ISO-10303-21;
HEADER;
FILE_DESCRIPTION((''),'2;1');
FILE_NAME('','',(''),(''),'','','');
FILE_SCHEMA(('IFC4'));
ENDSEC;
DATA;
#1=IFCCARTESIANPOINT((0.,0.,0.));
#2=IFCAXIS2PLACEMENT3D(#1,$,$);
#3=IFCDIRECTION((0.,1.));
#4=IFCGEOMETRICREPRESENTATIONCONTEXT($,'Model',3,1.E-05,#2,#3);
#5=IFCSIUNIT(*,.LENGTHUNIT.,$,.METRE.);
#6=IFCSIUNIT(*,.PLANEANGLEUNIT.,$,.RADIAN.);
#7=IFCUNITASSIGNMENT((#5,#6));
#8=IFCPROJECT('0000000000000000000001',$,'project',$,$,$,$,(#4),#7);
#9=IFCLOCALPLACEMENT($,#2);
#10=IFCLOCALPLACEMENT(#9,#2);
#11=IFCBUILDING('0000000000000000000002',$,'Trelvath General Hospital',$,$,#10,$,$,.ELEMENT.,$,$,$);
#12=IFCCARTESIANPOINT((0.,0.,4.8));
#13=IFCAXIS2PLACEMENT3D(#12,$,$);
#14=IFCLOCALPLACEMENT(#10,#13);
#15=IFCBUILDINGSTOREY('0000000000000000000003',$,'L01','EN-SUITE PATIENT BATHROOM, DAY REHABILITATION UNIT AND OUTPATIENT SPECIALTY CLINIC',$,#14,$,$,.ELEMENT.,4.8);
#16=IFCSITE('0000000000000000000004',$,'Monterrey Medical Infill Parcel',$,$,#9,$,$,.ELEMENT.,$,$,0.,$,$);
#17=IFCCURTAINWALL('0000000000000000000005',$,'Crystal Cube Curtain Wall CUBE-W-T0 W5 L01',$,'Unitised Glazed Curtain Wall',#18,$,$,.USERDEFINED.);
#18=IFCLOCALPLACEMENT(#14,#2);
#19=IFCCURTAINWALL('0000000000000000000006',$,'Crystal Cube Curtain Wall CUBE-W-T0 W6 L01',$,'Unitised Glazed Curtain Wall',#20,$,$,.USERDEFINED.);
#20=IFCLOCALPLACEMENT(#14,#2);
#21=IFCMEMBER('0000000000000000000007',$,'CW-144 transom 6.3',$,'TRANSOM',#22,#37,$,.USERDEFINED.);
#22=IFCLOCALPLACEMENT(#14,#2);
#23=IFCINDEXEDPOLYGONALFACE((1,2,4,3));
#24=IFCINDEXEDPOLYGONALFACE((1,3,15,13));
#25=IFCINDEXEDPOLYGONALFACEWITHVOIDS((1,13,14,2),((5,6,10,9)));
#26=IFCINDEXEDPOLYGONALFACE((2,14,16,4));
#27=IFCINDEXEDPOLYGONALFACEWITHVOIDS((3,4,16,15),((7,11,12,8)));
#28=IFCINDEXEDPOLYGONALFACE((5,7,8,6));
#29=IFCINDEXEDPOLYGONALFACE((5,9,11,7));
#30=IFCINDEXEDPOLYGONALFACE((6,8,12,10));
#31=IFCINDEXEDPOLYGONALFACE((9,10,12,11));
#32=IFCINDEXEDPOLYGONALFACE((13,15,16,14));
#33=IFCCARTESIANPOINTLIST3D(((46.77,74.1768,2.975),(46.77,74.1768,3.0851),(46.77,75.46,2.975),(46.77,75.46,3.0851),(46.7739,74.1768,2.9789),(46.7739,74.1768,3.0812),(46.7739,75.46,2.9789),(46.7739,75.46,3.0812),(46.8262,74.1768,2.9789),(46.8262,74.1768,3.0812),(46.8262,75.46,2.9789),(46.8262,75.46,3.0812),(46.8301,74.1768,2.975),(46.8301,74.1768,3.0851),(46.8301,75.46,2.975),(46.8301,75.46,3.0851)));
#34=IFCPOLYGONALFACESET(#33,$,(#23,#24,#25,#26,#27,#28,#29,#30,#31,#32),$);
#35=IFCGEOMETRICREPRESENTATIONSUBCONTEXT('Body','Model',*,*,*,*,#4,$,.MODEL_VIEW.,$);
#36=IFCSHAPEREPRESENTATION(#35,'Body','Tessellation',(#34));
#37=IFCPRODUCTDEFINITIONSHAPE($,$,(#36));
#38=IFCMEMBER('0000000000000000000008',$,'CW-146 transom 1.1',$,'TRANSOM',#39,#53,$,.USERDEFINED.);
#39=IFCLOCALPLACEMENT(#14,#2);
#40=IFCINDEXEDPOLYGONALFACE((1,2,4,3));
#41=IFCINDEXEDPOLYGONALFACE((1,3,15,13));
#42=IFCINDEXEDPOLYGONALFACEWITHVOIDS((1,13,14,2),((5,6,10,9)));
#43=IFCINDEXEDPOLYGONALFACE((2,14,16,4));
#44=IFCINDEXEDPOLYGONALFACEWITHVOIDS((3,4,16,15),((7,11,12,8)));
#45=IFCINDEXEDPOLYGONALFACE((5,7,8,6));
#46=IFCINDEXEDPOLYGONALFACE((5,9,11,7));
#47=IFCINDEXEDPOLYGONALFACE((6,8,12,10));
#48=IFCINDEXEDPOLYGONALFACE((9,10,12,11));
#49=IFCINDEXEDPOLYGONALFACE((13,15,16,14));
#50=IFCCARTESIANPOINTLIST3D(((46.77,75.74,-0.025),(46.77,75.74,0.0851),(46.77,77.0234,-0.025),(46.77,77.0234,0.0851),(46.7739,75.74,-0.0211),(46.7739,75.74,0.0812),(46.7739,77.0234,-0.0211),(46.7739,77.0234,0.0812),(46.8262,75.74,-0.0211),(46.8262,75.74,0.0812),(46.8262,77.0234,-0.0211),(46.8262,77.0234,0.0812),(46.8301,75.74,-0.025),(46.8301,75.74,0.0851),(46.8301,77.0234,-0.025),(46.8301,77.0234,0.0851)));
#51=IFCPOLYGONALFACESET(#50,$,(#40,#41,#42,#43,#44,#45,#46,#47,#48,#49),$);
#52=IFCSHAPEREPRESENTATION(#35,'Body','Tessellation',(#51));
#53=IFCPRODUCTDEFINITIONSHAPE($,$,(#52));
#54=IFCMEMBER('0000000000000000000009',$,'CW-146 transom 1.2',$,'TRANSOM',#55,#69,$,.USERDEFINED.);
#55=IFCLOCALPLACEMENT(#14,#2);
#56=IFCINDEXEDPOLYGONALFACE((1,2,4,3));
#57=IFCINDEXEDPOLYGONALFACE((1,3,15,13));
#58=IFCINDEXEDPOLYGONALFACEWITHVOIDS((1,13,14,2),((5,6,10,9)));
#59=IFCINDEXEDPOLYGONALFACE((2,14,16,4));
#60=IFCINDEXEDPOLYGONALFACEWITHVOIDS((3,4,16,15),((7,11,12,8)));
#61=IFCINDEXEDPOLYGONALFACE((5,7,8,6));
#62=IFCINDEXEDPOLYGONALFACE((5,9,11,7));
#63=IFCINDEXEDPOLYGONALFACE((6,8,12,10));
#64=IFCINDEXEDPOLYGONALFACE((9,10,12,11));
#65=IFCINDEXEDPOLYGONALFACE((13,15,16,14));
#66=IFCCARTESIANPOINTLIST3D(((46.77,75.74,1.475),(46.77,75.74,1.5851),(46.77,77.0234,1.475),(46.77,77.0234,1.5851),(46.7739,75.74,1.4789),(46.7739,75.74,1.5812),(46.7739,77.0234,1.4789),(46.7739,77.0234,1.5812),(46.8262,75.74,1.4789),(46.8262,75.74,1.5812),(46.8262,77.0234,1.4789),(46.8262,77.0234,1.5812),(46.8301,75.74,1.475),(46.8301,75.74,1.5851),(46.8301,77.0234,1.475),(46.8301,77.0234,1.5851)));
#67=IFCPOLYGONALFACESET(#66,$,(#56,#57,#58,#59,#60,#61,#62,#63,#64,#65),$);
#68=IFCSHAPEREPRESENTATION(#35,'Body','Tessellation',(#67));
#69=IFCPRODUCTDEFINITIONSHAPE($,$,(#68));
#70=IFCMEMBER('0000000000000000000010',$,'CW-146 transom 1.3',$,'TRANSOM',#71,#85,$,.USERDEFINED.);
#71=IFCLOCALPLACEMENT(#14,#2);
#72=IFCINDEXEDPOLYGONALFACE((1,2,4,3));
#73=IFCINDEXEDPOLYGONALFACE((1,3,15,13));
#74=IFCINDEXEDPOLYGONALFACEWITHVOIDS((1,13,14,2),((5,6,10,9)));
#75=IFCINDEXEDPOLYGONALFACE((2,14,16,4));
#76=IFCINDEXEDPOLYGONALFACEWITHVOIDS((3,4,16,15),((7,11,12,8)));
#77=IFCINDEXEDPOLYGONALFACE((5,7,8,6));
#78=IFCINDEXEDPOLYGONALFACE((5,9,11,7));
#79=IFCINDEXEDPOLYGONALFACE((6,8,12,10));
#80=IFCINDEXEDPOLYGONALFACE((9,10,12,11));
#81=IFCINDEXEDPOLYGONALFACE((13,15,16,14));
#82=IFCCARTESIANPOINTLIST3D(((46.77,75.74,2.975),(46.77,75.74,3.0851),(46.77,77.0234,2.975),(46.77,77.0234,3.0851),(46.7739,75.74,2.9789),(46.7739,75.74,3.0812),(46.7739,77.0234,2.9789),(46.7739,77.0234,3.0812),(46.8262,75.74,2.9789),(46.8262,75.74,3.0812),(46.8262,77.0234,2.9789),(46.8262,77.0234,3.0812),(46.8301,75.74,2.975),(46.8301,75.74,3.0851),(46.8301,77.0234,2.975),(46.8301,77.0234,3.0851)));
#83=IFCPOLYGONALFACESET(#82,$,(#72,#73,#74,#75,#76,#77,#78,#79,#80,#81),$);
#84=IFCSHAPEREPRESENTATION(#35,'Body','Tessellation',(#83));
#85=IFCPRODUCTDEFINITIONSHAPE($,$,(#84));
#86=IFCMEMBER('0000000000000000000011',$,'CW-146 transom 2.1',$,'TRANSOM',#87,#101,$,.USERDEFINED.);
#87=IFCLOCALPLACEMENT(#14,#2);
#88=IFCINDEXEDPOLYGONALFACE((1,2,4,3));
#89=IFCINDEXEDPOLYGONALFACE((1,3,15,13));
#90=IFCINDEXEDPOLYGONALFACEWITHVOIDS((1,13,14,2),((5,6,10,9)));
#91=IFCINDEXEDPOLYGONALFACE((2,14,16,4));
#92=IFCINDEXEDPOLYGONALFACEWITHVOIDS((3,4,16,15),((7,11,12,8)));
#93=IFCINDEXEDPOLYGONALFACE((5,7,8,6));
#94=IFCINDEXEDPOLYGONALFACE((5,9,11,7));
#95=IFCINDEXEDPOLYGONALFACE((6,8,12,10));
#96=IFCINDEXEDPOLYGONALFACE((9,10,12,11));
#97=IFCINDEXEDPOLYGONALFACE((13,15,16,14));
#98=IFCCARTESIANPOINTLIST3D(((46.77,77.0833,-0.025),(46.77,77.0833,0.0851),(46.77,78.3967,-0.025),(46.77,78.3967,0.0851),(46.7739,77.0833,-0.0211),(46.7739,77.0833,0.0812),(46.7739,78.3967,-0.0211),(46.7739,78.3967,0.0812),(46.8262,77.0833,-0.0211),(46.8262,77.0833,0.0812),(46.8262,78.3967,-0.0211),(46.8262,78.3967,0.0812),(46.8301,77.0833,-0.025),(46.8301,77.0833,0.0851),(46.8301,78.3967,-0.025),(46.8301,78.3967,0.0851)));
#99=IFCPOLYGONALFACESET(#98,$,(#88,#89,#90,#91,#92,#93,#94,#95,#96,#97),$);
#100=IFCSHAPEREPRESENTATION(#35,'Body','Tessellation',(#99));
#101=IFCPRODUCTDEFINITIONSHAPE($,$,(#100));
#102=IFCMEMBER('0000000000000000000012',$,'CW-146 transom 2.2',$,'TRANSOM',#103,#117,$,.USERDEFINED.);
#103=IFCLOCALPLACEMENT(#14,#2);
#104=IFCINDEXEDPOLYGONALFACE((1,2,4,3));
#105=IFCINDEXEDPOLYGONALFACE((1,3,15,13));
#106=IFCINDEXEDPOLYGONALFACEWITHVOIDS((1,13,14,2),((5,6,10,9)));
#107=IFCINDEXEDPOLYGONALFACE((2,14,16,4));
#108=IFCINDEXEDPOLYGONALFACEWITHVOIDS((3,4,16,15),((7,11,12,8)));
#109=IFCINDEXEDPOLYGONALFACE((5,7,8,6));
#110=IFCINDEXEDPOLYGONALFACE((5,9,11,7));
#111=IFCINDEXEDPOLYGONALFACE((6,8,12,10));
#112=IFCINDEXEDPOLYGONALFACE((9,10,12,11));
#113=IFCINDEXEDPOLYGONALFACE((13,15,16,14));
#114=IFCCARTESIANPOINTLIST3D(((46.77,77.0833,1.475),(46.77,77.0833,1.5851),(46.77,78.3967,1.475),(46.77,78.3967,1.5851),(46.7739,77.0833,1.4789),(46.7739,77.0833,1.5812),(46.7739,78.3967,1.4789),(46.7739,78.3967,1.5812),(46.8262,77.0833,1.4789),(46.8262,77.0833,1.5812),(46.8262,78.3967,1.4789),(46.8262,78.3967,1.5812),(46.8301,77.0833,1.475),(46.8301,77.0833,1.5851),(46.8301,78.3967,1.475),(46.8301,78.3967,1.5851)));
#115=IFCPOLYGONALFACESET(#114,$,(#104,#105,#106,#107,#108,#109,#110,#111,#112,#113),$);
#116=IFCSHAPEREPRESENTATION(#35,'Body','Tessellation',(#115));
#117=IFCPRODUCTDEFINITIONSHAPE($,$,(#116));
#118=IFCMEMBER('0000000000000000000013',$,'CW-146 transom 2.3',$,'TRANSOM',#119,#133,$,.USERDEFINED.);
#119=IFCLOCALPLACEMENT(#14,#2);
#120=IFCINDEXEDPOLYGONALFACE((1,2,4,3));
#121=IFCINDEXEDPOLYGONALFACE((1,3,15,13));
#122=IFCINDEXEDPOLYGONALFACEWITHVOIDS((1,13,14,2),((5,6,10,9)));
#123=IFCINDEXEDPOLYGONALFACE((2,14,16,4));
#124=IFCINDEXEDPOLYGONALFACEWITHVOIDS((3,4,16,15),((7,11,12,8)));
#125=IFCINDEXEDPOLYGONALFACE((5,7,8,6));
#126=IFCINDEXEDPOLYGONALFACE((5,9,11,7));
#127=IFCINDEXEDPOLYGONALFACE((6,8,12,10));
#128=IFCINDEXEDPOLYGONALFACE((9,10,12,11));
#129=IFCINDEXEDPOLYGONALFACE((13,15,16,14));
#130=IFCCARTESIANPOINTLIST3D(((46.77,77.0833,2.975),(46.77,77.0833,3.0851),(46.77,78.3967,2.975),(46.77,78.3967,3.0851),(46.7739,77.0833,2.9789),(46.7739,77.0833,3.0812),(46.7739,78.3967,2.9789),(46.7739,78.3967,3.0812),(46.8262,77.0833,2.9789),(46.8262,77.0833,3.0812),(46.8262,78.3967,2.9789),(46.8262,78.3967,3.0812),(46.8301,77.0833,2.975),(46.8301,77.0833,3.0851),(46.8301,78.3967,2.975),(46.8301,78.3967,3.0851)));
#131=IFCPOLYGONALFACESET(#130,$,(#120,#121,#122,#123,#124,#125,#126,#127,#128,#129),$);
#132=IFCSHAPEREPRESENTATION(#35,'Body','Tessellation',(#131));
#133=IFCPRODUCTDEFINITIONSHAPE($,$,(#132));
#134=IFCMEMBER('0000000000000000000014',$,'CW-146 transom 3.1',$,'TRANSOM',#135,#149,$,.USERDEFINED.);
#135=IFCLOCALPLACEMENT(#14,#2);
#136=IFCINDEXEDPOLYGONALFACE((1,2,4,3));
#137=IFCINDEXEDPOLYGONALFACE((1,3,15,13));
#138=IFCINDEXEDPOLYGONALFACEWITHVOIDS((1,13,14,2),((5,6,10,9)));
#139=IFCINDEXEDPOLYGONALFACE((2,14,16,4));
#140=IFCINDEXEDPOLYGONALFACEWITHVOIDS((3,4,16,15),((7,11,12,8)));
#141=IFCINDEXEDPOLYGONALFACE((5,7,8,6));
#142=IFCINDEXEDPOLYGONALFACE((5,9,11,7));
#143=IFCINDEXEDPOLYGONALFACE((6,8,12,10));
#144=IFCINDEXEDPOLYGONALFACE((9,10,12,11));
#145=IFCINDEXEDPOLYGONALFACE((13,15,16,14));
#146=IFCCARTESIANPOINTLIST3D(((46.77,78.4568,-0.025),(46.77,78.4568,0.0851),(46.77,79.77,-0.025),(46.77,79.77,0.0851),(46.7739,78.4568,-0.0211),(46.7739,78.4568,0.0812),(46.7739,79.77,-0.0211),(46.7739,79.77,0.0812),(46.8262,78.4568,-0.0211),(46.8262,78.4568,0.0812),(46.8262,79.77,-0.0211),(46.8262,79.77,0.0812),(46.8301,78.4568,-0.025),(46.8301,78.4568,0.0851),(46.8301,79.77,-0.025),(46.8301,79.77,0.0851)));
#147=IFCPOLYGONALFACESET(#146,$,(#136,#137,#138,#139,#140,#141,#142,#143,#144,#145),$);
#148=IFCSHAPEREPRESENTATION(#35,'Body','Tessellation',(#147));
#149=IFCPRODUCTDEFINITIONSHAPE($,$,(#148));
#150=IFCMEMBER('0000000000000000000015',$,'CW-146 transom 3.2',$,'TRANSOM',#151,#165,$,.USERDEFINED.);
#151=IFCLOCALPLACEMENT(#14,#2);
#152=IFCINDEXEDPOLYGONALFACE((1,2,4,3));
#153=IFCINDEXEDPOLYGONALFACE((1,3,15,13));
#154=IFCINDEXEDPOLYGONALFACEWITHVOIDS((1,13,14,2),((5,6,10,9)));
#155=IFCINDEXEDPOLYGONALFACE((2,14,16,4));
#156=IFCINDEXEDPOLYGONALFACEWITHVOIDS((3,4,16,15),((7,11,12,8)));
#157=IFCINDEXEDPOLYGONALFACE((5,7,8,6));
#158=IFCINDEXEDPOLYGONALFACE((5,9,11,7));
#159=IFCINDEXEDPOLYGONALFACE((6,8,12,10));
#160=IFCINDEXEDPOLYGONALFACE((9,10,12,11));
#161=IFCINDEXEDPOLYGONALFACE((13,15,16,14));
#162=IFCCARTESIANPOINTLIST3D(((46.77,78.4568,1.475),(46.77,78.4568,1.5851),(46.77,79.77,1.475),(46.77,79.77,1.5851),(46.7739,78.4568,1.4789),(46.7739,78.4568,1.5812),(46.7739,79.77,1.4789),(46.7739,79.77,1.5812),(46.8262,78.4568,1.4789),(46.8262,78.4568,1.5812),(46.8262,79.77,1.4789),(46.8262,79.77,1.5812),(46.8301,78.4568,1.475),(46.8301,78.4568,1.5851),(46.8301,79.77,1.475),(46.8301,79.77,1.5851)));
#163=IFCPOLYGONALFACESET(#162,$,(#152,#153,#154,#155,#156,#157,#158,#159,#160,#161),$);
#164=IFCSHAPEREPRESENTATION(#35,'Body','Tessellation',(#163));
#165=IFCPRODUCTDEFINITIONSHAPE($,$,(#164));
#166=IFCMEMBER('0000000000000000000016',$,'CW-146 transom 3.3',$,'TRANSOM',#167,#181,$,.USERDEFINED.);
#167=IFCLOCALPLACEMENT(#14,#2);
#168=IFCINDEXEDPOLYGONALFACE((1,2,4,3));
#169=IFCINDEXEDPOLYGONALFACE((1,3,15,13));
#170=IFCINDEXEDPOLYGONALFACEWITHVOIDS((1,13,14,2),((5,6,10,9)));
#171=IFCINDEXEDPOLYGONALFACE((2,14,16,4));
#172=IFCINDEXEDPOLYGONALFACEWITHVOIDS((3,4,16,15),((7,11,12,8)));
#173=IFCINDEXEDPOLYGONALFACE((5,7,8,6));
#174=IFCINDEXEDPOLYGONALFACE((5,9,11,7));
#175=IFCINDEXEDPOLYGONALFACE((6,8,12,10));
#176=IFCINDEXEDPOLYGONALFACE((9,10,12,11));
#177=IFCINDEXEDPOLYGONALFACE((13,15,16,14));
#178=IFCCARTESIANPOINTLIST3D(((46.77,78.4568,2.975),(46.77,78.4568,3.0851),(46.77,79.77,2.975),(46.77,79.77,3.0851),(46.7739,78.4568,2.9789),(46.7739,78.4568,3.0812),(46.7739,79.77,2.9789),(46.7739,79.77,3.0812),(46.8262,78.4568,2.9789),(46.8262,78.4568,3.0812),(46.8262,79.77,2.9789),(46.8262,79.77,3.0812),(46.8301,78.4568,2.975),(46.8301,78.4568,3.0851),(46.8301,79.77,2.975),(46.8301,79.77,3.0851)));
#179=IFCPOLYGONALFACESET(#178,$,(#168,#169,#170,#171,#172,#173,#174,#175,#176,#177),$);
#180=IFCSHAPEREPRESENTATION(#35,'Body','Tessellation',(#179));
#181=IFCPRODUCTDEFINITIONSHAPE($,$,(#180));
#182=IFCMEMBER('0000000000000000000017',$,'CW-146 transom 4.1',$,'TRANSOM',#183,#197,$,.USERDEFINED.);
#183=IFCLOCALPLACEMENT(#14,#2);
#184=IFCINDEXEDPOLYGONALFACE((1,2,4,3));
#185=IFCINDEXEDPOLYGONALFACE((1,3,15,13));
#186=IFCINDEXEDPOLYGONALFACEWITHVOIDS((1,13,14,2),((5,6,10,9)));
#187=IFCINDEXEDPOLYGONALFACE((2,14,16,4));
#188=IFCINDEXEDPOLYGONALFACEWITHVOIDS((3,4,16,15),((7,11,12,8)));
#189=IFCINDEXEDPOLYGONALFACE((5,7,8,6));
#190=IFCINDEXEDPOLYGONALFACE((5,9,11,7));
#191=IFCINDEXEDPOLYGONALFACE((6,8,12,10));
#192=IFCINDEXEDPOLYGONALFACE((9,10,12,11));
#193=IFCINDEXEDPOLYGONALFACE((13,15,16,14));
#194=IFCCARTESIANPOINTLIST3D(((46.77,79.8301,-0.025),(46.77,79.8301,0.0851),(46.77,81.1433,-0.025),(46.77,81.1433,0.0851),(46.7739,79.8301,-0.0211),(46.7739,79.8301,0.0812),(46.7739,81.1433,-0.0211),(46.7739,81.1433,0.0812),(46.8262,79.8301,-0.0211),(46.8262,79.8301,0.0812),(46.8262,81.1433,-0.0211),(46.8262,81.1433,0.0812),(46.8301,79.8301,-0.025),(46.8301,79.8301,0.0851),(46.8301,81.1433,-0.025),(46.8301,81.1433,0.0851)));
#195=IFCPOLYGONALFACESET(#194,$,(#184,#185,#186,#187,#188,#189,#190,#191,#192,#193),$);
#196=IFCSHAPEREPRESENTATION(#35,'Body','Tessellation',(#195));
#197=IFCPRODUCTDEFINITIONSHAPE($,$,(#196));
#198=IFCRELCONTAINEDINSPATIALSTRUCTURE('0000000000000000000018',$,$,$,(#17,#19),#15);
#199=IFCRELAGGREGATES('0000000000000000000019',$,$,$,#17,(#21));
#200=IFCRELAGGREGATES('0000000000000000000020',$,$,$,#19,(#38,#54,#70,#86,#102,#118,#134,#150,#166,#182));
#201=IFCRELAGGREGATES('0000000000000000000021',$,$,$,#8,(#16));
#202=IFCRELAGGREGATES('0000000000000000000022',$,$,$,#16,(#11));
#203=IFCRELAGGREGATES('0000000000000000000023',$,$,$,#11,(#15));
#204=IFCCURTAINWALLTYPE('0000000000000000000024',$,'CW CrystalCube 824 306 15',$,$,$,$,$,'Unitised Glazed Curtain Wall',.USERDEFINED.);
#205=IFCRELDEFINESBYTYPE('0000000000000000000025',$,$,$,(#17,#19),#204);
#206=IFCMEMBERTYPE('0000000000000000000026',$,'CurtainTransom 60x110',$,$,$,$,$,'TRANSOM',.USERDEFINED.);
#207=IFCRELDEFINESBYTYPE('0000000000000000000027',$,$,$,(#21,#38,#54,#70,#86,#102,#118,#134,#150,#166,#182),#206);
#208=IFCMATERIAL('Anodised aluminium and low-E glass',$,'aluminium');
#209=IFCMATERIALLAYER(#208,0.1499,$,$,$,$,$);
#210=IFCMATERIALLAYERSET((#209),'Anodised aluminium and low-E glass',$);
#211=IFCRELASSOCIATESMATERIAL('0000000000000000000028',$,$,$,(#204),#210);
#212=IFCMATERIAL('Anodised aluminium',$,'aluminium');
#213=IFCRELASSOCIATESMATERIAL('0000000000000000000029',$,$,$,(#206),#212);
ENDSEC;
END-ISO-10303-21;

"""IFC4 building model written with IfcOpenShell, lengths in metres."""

from ifc_helpers import new_model, si_unit, direction, frame, origin, origin_2d, place, context, subcontext, project, spatial, hollow_rectangle, extrude, material, layer, layer_set, material_profile, profile_set, type_object, element, aggregate, save


model = new_model("IFC4")

# Units and contexts
model_context = context("Model", 3, precision=1e-05, world=origin(), true_north=direction((0.0, 1.0)))
body_context = subcontext(model_context, "Body", "Model", "MODEL_VIEW")
ifc_project = project(units=[si_unit("LENGTHUNIT", "METRE"), si_unit("PLANEANGLEUNIT", "RADIAN")], contexts=[model_context])

# Site, building, storey
site_placement = place(None, origin())
site = spatial("IfcSite", under=ifc_project, at=site_placement, Name="Monterrey Medical Infill Parcel", CompositionType="ELEMENT", RefElevation=0.0)
building_placement = place(site_placement, origin())
building = spatial("IfcBuilding", under=site, at=building_placement, Name="Trelvath General Hospital", CompositionType="ELEMENT")
storey_placement = place(building_placement, frame((0.0, 0.0, 4.8)))
storey = spatial("IfcBuildingStorey", under=building, at=storey_placement, Name="L01", Description="EN-SUITE PATIENT BATHROOM, DAY REHABILITATION UNIT AND OUTPATIENT SPECIALTY CLINIC", CompositionType="ELEMENT", Elevation=4.8)

# Curtain wall
ifc_material_1 = material(Name="Anodised aluminium and low-E glass", Category="aluminium")
ifc_layer_1 = layer(ifc_material_1, 0.1499)
ifc_layer_set_1 = layer_set([ifc_layer_1], Name="Anodised aluminium and low-E glass")
curtain_wall_type = type_object("IfcCurtainWallType", Name="CW CrystalCube 824 306 15", ElementType="Unitised Glazed Curtain Wall", PredefinedType="USERDEFINED", material=ifc_layer_set_1)
curtain_wall_1_placement = place(storey_placement, origin())
curtain_wall_1 = element("IfcCurtainWall", 1, at=curtain_wall_1_placement, inside=storey, type_object=curtain_wall_type, Name="Crystal Cube Curtain Wall CUBE-W-T0 W5 L01", ObjectType="Unitised Glazed Curtain Wall", PredefinedType="USERDEFINED")

# Curtain wall
curtain_wall_2_placement = place(storey_placement, origin())
curtain_wall_2 = element("IfcCurtainWall", 2, at=curtain_wall_2_placement, inside=storey, type_object=curtain_wall_type, Name="Crystal Cube Curtain Wall CUBE-W-T0 W6 L01", ObjectType="Unitised Glazed Curtain Wall", PredefinedType="USERDEFINED")

# Members
ifc_material_2 = material(Name="Anodised aluminium", Category="aluminium")
ifc_material_profile_1 = material_profile(ifc_material_2, hollow_rectangle(XDim=0.0601, YDim=0.1101, WallThickness=0.0039, at=origin_2d()), Name="RHS60x110x4")
ifc_profile_set_1 = profile_set([ifc_material_profile_1], Name="Anodised aluminium")
member_type_1 = type_object("IfcMemberType", Name="CurtainTransom 60x110", ElementType="TRANSOM", PredefinedType="USERDEFINED", material=ifc_profile_set_1)
member_1_placement = place(storey_placement, frame((46.8, 74.1768, 3.03), z_axis=(0.0, 1.0, 0.0), x_axis=(-1.0, 0.0, 0.0)))
member_1 = element("IfcMember", 3, at=member_1_placement, type_object=member_type_1, Name="CW-144 transom 6.3", ObjectType="TRANSOM", PredefinedType="USERDEFINED", context=body_context, shape_type="SweptSolid", body=[
    extrude(hollow_rectangle(XDim=0.0601, YDim=0.1101, WallThickness=0.0039, at=origin_2d()), origin(), (0.0, 0.0, 1.0), 1.2832),
])
member_2_placement = place(storey_placement, frame((46.8, 75.74, 0.03), z_axis=(0.0, 1.0, 0.0), x_axis=(-1.0, 0.0, 0.0)))
member_2 = element("IfcMember", 4, at=member_2_placement, type_object=member_type_1, Name="CW-146 transom 1.1", ObjectType="TRANSOM", PredefinedType="USERDEFINED", context=body_context, shape_type="SweptSolid", body=[
    extrude(hollow_rectangle(XDim=0.0601, YDim=0.1101, WallThickness=0.0039, at=origin_2d()), origin(), (0.0, 0.0, 1.0), 1.2834),
])
member_3_placement = place(storey_placement, frame((46.8, 75.74, 1.53), z_axis=(0.0, 1.0, 0.0), x_axis=(-1.0, 0.0, 0.0)))
member_3 = element("IfcMember", 5, at=member_3_placement, type_object=member_type_1, Name="CW-146 transom 1.2", ObjectType="TRANSOM", PredefinedType="USERDEFINED", context=body_context, shape_type="SweptSolid", body=[
    extrude(hollow_rectangle(XDim=0.0601, YDim=0.1101, WallThickness=0.0039, at=origin_2d()), origin(), (0.0, 0.0, 1.0), 1.2834),
])
member_4_placement = place(storey_placement, frame((46.8, 75.74, 3.03), z_axis=(0.0, 1.0, 0.0), x_axis=(-1.0, 0.0, 0.0)))
member_4 = element("IfcMember", 6, at=member_4_placement, type_object=member_type_1, Name="CW-146 transom 1.3", ObjectType="TRANSOM", PredefinedType="USERDEFINED", context=body_context, shape_type="SweptSolid", body=[
    extrude(hollow_rectangle(XDim=0.0601, YDim=0.1101, WallThickness=0.0039, at=origin_2d()), origin(), (0.0, 0.0, 1.0), 1.2834),
])
member_5_placement = place(storey_placement, frame((46.8, 77.0833, 0.03), z_axis=(0.0, 1.0, 0.0), x_axis=(-1.0, 0.0, 0.0)))
member_5 = element("IfcMember", 7, at=member_5_placement, type_object=member_type_1, Name="CW-146 transom 2.1", ObjectType="TRANSOM", PredefinedType="USERDEFINED", context=body_context, shape_type="SweptSolid", body=[
    extrude(hollow_rectangle(XDim=0.0601, YDim=0.1101, WallThickness=0.0039, at=origin_2d()), origin(), (0.0, 0.0, 1.0), 1.3135),
])
member_6_placement = place(storey_placement, frame((46.8, 77.0833, 1.53), z_axis=(0.0, 1.0, 0.0), x_axis=(-1.0, 0.0, 0.0)))
member_6 = element("IfcMember", 8, at=member_6_placement, type_object=member_type_1, Name="CW-146 transom 2.2", ObjectType="TRANSOM", PredefinedType="USERDEFINED", context=body_context, shape_type="SweptSolid", body=[
    extrude(hollow_rectangle(XDim=0.0601, YDim=0.1101, WallThickness=0.0039, at=origin_2d()), origin(), (0.0, 0.0, 1.0), 1.3135),
])
member_7_placement = place(storey_placement, frame((46.8, 77.0833, 3.03), z_axis=(0.0, 1.0, 0.0), x_axis=(-1.0, 0.0, 0.0)))
member_7 = element("IfcMember", 9, at=member_7_placement, type_object=member_type_1, Name="CW-146 transom 2.3", ObjectType="TRANSOM", PredefinedType="USERDEFINED", context=body_context, shape_type="SweptSolid", body=[
    extrude(hollow_rectangle(XDim=0.0601, YDim=0.1101, WallThickness=0.0039, at=origin_2d()), origin(), (0.0, 0.0, 1.0), 1.3135),
])
member_8_placement = place(storey_placement, frame((46.8, 78.4568, 0.03), z_axis=(0.0, 1.0, 0.0), x_axis=(-1.0, 0.0, 0.0)))
member_8 = element("IfcMember", 10, at=member_8_placement, type_object=member_type_1, Name="CW-146 transom 3.1", ObjectType="TRANSOM", PredefinedType="USERDEFINED", context=body_context, shape_type="SweptSolid", body=[
    extrude(hollow_rectangle(XDim=0.0601, YDim=0.1101, WallThickness=0.0039, at=origin_2d()), origin(), (0.0, 0.0, 1.0), 1.3132),
])
member_9_placement = place(storey_placement, frame((46.8, 78.4568, 1.53), z_axis=(0.0, 1.0, 0.0), x_axis=(-1.0, 0.0, 0.0)))
member_9 = element("IfcMember", 11, at=member_9_placement, type_object=member_type_1, Name="CW-146 transom 3.2", ObjectType="TRANSOM", PredefinedType="USERDEFINED", context=body_context, shape_type="SweptSolid", body=[
    extrude(hollow_rectangle(XDim=0.0601, YDim=0.1101, WallThickness=0.0039, at=origin_2d()), origin(), (0.0, 0.0, 1.0), 1.3132),
])
member_10_placement = place(storey_placement, frame((46.8, 78.4568, 3.03), z_axis=(0.0, 1.0, 0.0), x_axis=(-1.0, 0.0, 0.0)))
member_10 = element("IfcMember", 12, at=member_10_placement, type_object=member_type_1, Name="CW-146 transom 3.3", ObjectType="TRANSOM", PredefinedType="USERDEFINED", context=body_context, shape_type="SweptSolid", body=[
    extrude(hollow_rectangle(XDim=0.0601, YDim=0.1101, WallThickness=0.0039, at=origin_2d()), origin(), (0.0, 0.0, 1.0), 1.3132),
])
member_11_placement = place(storey_placement, frame((46.8, 79.8301, 0.03), z_axis=(0.0, 1.0, 0.0), x_axis=(-1.0, 0.0, 0.0)))
member_11 = element("IfcMember", 13, at=member_11_placement, type_object=member_type_1, Name="CW-146 transom 4.1", ObjectType="TRANSOM", PredefinedType="USERDEFINED", context=body_context, shape_type="SweptSolid", body=[
    extrude(hollow_rectangle(XDim=0.0601, YDim=0.1101, WallThickness=0.0039, at=origin_2d()), origin(), (0.0, 0.0, 1.0), 1.3132),
])

aggregate(curtain_wall_1, [member_1])
aggregate(curtain_wall_2, [member_2, member_3, member_4, member_5, member_6, member_7, member_8, member_9, member_10, member_11])

save(model, "model.ifc")
